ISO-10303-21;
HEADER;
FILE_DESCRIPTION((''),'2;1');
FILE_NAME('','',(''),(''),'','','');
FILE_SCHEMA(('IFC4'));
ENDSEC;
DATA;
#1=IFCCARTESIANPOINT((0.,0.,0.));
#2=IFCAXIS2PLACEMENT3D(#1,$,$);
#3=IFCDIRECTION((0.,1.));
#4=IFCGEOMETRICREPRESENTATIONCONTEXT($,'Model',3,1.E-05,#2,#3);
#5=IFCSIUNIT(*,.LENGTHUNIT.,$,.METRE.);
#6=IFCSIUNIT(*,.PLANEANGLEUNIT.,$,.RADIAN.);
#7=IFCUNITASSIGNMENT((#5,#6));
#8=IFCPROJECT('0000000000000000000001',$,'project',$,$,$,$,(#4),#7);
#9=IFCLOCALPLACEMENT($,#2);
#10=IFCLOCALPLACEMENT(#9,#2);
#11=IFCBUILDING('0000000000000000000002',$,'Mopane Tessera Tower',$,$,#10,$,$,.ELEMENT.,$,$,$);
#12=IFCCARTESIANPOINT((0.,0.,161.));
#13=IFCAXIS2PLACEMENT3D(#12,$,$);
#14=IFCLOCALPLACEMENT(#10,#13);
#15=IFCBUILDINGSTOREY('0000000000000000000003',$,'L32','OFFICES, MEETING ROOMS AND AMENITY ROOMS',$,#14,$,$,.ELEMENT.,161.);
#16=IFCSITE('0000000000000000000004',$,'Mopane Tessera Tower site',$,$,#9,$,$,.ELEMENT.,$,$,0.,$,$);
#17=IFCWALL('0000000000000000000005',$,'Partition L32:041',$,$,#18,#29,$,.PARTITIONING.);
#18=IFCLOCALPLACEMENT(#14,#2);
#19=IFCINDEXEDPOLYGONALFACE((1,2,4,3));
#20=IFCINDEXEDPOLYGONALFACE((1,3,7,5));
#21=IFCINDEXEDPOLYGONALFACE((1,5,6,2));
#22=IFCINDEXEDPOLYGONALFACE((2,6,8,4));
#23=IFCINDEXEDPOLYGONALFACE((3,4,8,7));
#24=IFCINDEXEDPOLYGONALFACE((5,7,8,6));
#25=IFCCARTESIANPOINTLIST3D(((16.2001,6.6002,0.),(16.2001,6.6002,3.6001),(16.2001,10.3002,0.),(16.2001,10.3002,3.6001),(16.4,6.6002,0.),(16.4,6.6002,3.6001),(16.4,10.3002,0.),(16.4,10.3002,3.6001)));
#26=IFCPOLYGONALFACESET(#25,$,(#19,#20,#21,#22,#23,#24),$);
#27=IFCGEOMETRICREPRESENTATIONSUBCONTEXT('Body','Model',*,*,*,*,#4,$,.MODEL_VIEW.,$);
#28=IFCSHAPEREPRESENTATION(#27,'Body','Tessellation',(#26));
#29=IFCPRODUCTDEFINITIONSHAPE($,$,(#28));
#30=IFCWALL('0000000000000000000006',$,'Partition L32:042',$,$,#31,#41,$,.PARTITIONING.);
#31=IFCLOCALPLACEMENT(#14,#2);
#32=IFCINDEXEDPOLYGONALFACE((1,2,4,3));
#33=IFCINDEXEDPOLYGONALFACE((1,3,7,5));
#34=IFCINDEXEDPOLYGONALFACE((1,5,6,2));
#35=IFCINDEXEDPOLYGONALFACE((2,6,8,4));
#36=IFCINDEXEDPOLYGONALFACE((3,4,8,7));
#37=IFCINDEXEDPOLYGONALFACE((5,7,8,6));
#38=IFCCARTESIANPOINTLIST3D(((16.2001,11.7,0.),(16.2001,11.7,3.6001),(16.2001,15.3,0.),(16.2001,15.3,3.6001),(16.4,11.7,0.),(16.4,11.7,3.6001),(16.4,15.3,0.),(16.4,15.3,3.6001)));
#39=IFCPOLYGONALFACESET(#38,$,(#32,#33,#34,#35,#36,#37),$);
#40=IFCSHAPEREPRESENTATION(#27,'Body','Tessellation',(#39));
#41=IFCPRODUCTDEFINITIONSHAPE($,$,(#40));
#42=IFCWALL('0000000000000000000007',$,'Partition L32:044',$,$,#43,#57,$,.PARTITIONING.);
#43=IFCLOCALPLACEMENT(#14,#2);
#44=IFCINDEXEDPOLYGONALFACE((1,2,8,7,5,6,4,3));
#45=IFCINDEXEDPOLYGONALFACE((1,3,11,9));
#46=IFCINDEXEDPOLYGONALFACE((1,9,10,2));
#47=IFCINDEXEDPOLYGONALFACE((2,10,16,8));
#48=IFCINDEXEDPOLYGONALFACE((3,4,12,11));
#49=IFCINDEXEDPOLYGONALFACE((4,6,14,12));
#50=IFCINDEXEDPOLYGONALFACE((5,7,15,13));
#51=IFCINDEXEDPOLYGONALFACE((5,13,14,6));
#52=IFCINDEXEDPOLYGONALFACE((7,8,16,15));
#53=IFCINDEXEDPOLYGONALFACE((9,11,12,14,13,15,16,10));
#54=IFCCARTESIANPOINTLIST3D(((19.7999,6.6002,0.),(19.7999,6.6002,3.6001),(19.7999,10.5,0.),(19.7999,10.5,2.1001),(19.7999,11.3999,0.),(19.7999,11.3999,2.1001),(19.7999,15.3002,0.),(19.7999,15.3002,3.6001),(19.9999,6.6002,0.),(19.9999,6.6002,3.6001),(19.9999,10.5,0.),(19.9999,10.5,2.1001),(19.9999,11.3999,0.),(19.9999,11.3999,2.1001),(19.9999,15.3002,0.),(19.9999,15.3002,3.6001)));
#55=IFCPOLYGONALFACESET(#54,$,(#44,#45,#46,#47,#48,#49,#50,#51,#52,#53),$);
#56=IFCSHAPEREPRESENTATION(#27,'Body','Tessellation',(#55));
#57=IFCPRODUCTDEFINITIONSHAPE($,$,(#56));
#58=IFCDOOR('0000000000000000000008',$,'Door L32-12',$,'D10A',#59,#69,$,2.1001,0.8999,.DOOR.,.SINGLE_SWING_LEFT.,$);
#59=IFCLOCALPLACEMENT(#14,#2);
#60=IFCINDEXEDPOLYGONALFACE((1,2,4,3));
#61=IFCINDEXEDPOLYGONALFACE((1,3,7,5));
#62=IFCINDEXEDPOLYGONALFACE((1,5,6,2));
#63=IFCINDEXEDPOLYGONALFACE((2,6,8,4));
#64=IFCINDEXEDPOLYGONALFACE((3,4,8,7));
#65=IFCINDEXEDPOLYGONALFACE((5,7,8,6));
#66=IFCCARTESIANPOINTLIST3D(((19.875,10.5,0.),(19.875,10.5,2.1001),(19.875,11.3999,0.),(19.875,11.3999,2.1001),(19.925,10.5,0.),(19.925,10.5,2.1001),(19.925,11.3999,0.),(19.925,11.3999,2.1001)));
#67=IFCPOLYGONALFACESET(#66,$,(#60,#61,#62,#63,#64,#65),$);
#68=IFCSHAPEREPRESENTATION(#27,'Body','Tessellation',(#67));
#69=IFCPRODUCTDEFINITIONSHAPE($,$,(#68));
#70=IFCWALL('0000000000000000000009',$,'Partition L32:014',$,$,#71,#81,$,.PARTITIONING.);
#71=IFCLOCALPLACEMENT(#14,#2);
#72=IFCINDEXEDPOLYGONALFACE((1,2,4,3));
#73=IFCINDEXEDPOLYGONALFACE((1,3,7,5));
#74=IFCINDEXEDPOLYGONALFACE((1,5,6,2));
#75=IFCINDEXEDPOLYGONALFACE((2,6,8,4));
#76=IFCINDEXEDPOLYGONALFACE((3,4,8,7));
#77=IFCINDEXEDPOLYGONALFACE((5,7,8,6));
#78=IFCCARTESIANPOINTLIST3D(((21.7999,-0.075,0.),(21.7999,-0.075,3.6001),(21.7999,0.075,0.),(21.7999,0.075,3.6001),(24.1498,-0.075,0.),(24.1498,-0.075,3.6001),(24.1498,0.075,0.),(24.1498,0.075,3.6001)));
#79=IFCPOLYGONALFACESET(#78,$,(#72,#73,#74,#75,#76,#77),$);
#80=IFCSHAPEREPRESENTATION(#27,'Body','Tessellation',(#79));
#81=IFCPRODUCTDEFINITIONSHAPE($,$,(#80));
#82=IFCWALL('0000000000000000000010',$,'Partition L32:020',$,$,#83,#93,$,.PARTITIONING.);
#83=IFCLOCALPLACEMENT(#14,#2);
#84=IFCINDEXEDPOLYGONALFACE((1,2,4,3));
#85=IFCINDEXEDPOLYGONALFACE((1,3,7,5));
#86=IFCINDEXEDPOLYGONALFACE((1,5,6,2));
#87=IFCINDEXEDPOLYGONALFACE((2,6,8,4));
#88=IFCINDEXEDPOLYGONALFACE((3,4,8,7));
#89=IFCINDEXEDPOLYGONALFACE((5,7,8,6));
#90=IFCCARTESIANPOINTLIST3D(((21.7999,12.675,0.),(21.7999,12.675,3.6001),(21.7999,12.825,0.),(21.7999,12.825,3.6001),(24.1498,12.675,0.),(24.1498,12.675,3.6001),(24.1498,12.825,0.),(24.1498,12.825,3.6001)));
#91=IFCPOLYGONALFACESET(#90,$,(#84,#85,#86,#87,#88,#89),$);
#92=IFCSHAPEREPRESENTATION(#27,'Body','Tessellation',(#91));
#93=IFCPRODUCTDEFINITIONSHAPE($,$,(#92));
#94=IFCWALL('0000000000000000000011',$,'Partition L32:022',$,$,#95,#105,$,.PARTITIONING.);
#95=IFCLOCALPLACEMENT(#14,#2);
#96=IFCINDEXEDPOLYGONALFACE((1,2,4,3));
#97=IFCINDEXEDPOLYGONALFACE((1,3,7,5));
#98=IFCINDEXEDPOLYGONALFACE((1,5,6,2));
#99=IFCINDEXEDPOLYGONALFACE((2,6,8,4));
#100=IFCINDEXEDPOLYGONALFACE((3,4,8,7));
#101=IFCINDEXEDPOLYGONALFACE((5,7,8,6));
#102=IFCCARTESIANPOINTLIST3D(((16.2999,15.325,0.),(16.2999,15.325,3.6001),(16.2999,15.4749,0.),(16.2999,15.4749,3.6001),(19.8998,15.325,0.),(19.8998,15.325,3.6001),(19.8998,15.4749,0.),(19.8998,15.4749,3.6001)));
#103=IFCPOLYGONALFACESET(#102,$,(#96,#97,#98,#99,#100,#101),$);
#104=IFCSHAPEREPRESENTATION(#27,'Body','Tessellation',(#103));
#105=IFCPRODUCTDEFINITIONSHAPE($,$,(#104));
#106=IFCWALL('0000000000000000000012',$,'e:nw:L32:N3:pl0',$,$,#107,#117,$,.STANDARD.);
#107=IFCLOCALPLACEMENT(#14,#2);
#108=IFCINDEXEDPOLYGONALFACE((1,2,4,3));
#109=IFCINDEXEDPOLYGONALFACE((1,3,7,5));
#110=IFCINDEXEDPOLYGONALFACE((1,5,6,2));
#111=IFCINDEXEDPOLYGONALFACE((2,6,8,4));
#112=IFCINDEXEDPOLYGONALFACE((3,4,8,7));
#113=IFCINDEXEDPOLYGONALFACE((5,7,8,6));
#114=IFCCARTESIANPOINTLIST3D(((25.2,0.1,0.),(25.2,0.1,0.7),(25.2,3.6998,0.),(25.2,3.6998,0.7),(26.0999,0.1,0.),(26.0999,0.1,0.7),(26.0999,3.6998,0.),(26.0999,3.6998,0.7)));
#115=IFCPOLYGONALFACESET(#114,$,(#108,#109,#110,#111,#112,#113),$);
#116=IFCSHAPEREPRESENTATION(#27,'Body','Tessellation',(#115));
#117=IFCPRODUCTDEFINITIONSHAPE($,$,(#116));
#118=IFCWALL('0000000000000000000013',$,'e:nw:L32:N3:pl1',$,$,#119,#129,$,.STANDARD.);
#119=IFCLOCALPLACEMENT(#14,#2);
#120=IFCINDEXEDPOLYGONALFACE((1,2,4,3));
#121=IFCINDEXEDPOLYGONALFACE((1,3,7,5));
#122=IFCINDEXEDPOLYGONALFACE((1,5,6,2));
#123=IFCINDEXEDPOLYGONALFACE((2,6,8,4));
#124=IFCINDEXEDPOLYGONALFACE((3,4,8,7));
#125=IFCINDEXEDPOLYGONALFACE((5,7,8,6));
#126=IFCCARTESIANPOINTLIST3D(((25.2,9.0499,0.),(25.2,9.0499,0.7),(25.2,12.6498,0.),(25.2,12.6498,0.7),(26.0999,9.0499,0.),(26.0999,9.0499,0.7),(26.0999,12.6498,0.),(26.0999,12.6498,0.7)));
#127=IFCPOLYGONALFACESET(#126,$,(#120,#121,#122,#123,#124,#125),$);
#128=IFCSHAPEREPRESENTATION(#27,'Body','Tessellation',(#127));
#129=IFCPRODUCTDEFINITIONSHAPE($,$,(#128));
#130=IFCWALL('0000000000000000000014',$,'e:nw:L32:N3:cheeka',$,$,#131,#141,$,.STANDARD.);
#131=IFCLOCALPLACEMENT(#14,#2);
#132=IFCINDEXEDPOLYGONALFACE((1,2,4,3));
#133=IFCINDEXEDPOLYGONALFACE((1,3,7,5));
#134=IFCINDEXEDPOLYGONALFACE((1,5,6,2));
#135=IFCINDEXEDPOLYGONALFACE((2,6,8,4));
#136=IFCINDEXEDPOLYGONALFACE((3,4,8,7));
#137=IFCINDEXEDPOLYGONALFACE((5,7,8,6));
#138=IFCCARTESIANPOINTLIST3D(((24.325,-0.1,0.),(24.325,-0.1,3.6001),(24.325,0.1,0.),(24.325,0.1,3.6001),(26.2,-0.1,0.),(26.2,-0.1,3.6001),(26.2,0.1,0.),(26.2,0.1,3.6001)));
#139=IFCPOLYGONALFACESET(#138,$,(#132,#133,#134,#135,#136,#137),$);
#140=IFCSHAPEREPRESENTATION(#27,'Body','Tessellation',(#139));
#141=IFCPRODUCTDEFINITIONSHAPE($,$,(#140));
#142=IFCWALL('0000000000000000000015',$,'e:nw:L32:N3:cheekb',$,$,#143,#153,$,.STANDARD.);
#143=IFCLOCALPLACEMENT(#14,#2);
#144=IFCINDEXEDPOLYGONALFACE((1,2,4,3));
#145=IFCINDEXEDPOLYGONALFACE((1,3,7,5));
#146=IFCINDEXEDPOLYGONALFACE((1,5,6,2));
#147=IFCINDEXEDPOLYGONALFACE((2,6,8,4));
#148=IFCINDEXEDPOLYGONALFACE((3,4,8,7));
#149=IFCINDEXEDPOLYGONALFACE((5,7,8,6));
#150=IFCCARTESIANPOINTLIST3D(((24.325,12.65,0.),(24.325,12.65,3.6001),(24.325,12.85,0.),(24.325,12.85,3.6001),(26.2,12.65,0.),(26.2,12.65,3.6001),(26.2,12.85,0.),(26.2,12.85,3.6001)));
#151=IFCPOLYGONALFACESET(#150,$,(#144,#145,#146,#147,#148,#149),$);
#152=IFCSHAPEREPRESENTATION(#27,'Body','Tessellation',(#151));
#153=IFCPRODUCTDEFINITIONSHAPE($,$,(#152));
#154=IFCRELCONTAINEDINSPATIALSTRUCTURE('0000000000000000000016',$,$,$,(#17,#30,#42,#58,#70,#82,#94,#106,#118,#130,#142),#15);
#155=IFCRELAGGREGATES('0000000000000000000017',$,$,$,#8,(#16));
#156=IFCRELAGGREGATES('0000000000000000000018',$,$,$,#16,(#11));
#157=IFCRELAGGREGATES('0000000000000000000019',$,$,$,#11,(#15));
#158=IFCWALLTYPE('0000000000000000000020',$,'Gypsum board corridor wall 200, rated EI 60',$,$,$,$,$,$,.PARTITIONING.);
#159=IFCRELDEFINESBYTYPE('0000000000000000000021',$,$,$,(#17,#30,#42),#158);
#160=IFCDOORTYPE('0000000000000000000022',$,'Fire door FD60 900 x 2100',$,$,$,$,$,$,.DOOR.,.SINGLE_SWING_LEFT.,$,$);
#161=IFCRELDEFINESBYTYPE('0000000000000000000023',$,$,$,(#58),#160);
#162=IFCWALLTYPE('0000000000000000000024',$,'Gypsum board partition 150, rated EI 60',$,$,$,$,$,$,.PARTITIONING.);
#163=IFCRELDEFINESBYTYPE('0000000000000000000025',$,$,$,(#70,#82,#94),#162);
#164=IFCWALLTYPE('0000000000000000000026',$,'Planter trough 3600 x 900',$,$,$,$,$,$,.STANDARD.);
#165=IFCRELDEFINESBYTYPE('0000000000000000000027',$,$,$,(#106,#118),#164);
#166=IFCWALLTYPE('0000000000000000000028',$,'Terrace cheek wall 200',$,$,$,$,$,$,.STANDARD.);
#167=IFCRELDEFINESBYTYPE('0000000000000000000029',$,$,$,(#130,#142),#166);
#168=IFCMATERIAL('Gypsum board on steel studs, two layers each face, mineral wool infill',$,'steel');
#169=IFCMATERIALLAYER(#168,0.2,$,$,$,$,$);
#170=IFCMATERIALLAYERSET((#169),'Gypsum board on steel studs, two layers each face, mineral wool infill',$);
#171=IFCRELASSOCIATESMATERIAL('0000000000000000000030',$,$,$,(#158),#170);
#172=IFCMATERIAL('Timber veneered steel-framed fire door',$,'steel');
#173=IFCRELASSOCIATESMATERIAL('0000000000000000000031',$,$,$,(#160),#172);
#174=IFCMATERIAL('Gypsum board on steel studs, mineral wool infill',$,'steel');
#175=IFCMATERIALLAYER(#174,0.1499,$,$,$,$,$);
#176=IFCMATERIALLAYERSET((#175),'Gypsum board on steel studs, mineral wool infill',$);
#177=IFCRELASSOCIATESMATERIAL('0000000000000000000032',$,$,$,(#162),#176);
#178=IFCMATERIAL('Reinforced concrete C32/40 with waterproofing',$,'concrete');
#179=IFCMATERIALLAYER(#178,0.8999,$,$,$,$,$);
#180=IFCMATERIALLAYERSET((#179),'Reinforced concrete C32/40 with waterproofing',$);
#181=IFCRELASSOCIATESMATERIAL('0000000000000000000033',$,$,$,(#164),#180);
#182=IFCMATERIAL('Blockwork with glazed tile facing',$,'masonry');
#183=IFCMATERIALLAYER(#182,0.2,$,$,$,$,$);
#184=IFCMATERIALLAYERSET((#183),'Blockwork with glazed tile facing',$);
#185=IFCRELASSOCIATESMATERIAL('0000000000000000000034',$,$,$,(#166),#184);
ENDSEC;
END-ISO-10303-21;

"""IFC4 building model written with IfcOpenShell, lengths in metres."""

from ifc_helpers import new_model, si_unit, direction, frame, frame_2d, origin, place, context, subcontext, project, spatial, rectangle, extrude, material, layer, layer_set, type_object, element, fill, save


model = new_model("IFC4")

# Units and contexts
model_context = context("Model", 3, precision=1e-05, world=origin(), true_north=direction((0.0, 1.0)))
body_context = subcontext(model_context, "Body", "Model", "MODEL_VIEW")
ifc_project = project(units=[si_unit("LENGTHUNIT", "METRE"), si_unit("PLANEANGLEUNIT", "RADIAN")], contexts=[model_context])

# Site, building, storey
site_placement = place(None, origin())
site = spatial("IfcSite", under=ifc_project, at=site_placement, Name="Mopane Tessera Tower site", CompositionType="ELEMENT", RefElevation=0.0)
building_placement = place(site_placement, origin())
building = spatial("IfcBuilding", under=site, at=building_placement, Name="Mopane Tessera Tower", CompositionType="ELEMENT")
storey_placement = place(building_placement, frame((0.0, 0.0, 161.0)))
storey = spatial("IfcBuildingStorey", under=building, at=storey_placement, Name="L32", Description="OFFICES, MEETING ROOMS AND AMENITY ROOMS", CompositionType="ELEMENT", Elevation=161.0)

# Walls
ifc_material_1 = material(Name="Gypsum board on steel studs, two layers each face, mineral wool infill", Category="steel")
ifc_layer_1 = layer(ifc_material_1, 0.2)
ifc_layer_set_1 = layer_set([ifc_layer_1], Name="Gypsum board on steel studs, two layers each face, mineral wool infill")
wall_type_1 = type_object("IfcWallType", Name="Gypsum board corridor wall 200, rated EI 60", PredefinedType="PARTITIONING", material=ifc_layer_set_1)
wall_1_placement = place(storey_placement, frame((16.3, 6.6001, 0.0), z_axis=(0.0, 0.0, 1.0), x_axis=(0.0, 1.0, 0.0)))
element("IfcWall", 1, at=wall_1_placement, inside=storey, type_object=wall_type_1, Name="Partition L32:041", PredefinedType="PARTITIONING", context=body_context, shape_type="SweptSolid", body=[
    extrude(rectangle(XDim=3.7, YDim=0.2, at=frame_2d((1.8501, 0.0))), origin(), (0.0, 0.0, 1.0), 3.6001),
])
wall_2_placement = place(storey_placement, frame((16.3, 11.7, 0.0), z_axis=(0.0, 0.0, 1.0), x_axis=(0.0, 1.0, 0.0)))
element("IfcWall", 2, at=wall_2_placement, inside=storey, type_object=wall_type_1, Name="Partition L32:042", PredefinedType="PARTITIONING", context=body_context, shape_type="SweptSolid", body=[
    extrude(rectangle(XDim=3.6001, YDim=0.2, at=frame_2d((1.8, 0.0))), origin(), (0.0, 0.0, 1.0), 3.6001),
])

# Wall, opening, door
wall_3_placement = place(storey_placement, frame((19.8999, 6.6001, 0.0), z_axis=(0.0, 0.0, 1.0), x_axis=(0.0, 1.0, 0.0)))
wall_3 = element("IfcWall", 3, at=wall_3_placement, inside=storey, type_object=wall_type_1, Name="Partition L32:044", PredefinedType="PARTITIONING", context=body_context, shape_type="SweptSolid", body=[
    extrude(rectangle(XDim=8.7, YDim=0.2, at=frame_2d((4.3501, 0.0))), origin(), (0.0, 0.0, 1.0), 3.6001),
])
opening_placement = place(wall_3_placement, frame((3.8999, 0.0, 0.0)))
opening = element("IfcOpeningElement", 4, at=opening_placement, cuts=wall_3, PredefinedType="OPENING", context=body_context, shape_type="SweptSolid", body=[
    extrude(rectangle(XDim=0.8999, YDim=2.1001, at=frame_2d((0.45, 1.05))), frame((0.0, 0.1121, 0.0), z_axis=(0.0, -1.0, 0.0), x_axis=(1.0, 0.0, 0.0)), (0.0, 0.0, 1.0), 0.2239),
])
ifc_material_2 = material(Name="Timber veneered steel-framed fire door", Category="steel")
door_type = type_object("IfcDoorType", Name="Fire door FD60 900 x 2100", OperationType="SINGLE_SWING_LEFT", PredefinedType="DOOR", material=ifc_material_2)
door_placement = place(opening_placement, origin())
door = element("IfcDoor", 5, at=door_placement, inside=storey, type_object=door_type, Name="Door L32-12", ObjectType="D10A", OperationType="SINGLE_SWING_LEFT", OverallHeight=2.1001, OverallWidth=0.8999, PredefinedType="DOOR", context=body_context, shape_type="SweptSolid", body=[
    extrude(rectangle(XDim=0.8999, YDim=2.1001, at=frame_2d((0.45, 1.05))), frame((0.0, 0.0249, 0.0), z_axis=(0.0, -1.0, 0.0), x_axis=(1.0, 0.0, 0.0)), (0.0, 0.0, 1.0), 0.05),
])
fill(opening, door)

# Walls
ifc_material_3 = material(Name="Gypsum board on steel studs, mineral wool infill", Category="steel")
ifc_layer_2 = layer(ifc_material_3, 0.1499)
ifc_layer_set_2 = layer_set([ifc_layer_2], Name="Gypsum board on steel studs, mineral wool infill")
wall_type_2 = type_object("IfcWallType", Name="Gypsum board partition 150, rated EI 60", PredefinedType="PARTITIONING", material=ifc_layer_set_2)
for number, where, z_axis, x_axis, name in (
    (6, (21.8, 0.0, 0.0), (0.0, 0.0, 1.0), (1.0, 0.0, 0.0), "Partition L32:014"),
    (7, (21.8, 12.75, 0.0), (0.0, 0.0, 1.0), (1.0, 0.0, 0.0), "Partition L32:020"),
):
    element("IfcWall", number, at=place(storey_placement, frame(where, z_axis=z_axis, x_axis=x_axis)), inside=storey, type_object=wall_type_2, Name=name, PredefinedType="PARTITIONING", context=body_context, shape_type="SweptSolid", body=[
        extrude(rectangle(XDim=2.3499, YDim=0.1499, at=frame_2d((1.1748, 0.0))), origin(), (0.0, 0.0, 1.0), 3.6001),
    ])
wall_4_placement = place(storey_placement, frame((16.3, 15.3999, 0.0), z_axis=(0.0, 0.0, 1.0), x_axis=(1.0, 0.0, 0.0)))
element("IfcWall", 8, at=wall_4_placement, inside=storey, type_object=wall_type_2, Name="Partition L32:022", PredefinedType="PARTITIONING", context=body_context, shape_type="SweptSolid", body=[
    extrude(rectangle(XDim=3.5999, YDim=0.1499, at=frame_2d((1.7998, 0.0))), origin(), (0.0, 0.0, 1.0), 3.6001),
])
ifc_material_4 = material(Name="Reinforced concrete C32/40 with waterproofing", Category="concrete")
ifc_layer_3 = layer(ifc_material_4, 0.8999)
ifc_layer_set_3 = layer_set([ifc_layer_3], Name="Reinforced concrete C32/40 with waterproofing")
wall_type_3 = type_object("IfcWallType", Name="Planter trough 3600 x 900", PredefinedType="STANDARD", material=ifc_layer_set_3)
for number, where, z_axis, x_axis, name in (
    (9, (25.6499, 0.1001, 0.0), (0.0, 0.0, 1.0), (0.0, 1.0, 0.0), "e:nw:L32:N3:pl0"),
    (10, (25.6499, 9.05, 0.0), (0.0, 0.0, 1.0), (0.0, 1.0, 0.0), "e:nw:L32:N3:pl1"),
):
    element("IfcWall", number, at=place(storey_placement, frame(where, z_axis=z_axis, x_axis=x_axis)), inside=storey, type_object=wall_type_3, Name=name, PredefinedType="STANDARD", context=body_context, shape_type="SweptSolid", body=[
        extrude(rectangle(XDim=3.5999, YDim=0.8999, at=frame_2d((1.7998, 0.0))), origin(), (0.0, 0.0, 1.0), 0.7),
    ])
ifc_material_5 = material(Name="Blockwork with glazed tile facing", Category="masonry")
ifc_layer_4 = layer(ifc_material_5, 0.2)
ifc_layer_set_4 = layer_set([ifc_layer_4], Name="Blockwork with glazed tile facing")
wall_type_4 = type_object("IfcWallType", Name="Terrace cheek wall 200", PredefinedType="STANDARD", material=ifc_layer_set_4)
for number, where, z_axis, x_axis, name in (
    (11, (26.2, 0.0, 0.0), (0.0, 0.0, 1.0), (-1.0, 0.0, 0.0), "e:nw:L32:N3:cheeka"),
    (12, (26.2, 12.75, 0.0), (0.0, 0.0, 1.0), (-1.0, 0.0, 0.0), "e:nw:L32:N3:cheekb"),
):
    element("IfcWall", number, at=place(storey_placement, frame(where, z_axis=z_axis, x_axis=x_axis)), inside=storey, type_object=wall_type_4, Name=name, PredefinedType="STANDARD", context=body_context, shape_type="SweptSolid", body=[
        extrude(rectangle(XDim=1.875, YDim=0.2, at=frame_2d((0.9375, 0.0))), origin(), (0.0, 0.0, 1.0), 3.6001),
    ])

save(model, "model.ifc")
